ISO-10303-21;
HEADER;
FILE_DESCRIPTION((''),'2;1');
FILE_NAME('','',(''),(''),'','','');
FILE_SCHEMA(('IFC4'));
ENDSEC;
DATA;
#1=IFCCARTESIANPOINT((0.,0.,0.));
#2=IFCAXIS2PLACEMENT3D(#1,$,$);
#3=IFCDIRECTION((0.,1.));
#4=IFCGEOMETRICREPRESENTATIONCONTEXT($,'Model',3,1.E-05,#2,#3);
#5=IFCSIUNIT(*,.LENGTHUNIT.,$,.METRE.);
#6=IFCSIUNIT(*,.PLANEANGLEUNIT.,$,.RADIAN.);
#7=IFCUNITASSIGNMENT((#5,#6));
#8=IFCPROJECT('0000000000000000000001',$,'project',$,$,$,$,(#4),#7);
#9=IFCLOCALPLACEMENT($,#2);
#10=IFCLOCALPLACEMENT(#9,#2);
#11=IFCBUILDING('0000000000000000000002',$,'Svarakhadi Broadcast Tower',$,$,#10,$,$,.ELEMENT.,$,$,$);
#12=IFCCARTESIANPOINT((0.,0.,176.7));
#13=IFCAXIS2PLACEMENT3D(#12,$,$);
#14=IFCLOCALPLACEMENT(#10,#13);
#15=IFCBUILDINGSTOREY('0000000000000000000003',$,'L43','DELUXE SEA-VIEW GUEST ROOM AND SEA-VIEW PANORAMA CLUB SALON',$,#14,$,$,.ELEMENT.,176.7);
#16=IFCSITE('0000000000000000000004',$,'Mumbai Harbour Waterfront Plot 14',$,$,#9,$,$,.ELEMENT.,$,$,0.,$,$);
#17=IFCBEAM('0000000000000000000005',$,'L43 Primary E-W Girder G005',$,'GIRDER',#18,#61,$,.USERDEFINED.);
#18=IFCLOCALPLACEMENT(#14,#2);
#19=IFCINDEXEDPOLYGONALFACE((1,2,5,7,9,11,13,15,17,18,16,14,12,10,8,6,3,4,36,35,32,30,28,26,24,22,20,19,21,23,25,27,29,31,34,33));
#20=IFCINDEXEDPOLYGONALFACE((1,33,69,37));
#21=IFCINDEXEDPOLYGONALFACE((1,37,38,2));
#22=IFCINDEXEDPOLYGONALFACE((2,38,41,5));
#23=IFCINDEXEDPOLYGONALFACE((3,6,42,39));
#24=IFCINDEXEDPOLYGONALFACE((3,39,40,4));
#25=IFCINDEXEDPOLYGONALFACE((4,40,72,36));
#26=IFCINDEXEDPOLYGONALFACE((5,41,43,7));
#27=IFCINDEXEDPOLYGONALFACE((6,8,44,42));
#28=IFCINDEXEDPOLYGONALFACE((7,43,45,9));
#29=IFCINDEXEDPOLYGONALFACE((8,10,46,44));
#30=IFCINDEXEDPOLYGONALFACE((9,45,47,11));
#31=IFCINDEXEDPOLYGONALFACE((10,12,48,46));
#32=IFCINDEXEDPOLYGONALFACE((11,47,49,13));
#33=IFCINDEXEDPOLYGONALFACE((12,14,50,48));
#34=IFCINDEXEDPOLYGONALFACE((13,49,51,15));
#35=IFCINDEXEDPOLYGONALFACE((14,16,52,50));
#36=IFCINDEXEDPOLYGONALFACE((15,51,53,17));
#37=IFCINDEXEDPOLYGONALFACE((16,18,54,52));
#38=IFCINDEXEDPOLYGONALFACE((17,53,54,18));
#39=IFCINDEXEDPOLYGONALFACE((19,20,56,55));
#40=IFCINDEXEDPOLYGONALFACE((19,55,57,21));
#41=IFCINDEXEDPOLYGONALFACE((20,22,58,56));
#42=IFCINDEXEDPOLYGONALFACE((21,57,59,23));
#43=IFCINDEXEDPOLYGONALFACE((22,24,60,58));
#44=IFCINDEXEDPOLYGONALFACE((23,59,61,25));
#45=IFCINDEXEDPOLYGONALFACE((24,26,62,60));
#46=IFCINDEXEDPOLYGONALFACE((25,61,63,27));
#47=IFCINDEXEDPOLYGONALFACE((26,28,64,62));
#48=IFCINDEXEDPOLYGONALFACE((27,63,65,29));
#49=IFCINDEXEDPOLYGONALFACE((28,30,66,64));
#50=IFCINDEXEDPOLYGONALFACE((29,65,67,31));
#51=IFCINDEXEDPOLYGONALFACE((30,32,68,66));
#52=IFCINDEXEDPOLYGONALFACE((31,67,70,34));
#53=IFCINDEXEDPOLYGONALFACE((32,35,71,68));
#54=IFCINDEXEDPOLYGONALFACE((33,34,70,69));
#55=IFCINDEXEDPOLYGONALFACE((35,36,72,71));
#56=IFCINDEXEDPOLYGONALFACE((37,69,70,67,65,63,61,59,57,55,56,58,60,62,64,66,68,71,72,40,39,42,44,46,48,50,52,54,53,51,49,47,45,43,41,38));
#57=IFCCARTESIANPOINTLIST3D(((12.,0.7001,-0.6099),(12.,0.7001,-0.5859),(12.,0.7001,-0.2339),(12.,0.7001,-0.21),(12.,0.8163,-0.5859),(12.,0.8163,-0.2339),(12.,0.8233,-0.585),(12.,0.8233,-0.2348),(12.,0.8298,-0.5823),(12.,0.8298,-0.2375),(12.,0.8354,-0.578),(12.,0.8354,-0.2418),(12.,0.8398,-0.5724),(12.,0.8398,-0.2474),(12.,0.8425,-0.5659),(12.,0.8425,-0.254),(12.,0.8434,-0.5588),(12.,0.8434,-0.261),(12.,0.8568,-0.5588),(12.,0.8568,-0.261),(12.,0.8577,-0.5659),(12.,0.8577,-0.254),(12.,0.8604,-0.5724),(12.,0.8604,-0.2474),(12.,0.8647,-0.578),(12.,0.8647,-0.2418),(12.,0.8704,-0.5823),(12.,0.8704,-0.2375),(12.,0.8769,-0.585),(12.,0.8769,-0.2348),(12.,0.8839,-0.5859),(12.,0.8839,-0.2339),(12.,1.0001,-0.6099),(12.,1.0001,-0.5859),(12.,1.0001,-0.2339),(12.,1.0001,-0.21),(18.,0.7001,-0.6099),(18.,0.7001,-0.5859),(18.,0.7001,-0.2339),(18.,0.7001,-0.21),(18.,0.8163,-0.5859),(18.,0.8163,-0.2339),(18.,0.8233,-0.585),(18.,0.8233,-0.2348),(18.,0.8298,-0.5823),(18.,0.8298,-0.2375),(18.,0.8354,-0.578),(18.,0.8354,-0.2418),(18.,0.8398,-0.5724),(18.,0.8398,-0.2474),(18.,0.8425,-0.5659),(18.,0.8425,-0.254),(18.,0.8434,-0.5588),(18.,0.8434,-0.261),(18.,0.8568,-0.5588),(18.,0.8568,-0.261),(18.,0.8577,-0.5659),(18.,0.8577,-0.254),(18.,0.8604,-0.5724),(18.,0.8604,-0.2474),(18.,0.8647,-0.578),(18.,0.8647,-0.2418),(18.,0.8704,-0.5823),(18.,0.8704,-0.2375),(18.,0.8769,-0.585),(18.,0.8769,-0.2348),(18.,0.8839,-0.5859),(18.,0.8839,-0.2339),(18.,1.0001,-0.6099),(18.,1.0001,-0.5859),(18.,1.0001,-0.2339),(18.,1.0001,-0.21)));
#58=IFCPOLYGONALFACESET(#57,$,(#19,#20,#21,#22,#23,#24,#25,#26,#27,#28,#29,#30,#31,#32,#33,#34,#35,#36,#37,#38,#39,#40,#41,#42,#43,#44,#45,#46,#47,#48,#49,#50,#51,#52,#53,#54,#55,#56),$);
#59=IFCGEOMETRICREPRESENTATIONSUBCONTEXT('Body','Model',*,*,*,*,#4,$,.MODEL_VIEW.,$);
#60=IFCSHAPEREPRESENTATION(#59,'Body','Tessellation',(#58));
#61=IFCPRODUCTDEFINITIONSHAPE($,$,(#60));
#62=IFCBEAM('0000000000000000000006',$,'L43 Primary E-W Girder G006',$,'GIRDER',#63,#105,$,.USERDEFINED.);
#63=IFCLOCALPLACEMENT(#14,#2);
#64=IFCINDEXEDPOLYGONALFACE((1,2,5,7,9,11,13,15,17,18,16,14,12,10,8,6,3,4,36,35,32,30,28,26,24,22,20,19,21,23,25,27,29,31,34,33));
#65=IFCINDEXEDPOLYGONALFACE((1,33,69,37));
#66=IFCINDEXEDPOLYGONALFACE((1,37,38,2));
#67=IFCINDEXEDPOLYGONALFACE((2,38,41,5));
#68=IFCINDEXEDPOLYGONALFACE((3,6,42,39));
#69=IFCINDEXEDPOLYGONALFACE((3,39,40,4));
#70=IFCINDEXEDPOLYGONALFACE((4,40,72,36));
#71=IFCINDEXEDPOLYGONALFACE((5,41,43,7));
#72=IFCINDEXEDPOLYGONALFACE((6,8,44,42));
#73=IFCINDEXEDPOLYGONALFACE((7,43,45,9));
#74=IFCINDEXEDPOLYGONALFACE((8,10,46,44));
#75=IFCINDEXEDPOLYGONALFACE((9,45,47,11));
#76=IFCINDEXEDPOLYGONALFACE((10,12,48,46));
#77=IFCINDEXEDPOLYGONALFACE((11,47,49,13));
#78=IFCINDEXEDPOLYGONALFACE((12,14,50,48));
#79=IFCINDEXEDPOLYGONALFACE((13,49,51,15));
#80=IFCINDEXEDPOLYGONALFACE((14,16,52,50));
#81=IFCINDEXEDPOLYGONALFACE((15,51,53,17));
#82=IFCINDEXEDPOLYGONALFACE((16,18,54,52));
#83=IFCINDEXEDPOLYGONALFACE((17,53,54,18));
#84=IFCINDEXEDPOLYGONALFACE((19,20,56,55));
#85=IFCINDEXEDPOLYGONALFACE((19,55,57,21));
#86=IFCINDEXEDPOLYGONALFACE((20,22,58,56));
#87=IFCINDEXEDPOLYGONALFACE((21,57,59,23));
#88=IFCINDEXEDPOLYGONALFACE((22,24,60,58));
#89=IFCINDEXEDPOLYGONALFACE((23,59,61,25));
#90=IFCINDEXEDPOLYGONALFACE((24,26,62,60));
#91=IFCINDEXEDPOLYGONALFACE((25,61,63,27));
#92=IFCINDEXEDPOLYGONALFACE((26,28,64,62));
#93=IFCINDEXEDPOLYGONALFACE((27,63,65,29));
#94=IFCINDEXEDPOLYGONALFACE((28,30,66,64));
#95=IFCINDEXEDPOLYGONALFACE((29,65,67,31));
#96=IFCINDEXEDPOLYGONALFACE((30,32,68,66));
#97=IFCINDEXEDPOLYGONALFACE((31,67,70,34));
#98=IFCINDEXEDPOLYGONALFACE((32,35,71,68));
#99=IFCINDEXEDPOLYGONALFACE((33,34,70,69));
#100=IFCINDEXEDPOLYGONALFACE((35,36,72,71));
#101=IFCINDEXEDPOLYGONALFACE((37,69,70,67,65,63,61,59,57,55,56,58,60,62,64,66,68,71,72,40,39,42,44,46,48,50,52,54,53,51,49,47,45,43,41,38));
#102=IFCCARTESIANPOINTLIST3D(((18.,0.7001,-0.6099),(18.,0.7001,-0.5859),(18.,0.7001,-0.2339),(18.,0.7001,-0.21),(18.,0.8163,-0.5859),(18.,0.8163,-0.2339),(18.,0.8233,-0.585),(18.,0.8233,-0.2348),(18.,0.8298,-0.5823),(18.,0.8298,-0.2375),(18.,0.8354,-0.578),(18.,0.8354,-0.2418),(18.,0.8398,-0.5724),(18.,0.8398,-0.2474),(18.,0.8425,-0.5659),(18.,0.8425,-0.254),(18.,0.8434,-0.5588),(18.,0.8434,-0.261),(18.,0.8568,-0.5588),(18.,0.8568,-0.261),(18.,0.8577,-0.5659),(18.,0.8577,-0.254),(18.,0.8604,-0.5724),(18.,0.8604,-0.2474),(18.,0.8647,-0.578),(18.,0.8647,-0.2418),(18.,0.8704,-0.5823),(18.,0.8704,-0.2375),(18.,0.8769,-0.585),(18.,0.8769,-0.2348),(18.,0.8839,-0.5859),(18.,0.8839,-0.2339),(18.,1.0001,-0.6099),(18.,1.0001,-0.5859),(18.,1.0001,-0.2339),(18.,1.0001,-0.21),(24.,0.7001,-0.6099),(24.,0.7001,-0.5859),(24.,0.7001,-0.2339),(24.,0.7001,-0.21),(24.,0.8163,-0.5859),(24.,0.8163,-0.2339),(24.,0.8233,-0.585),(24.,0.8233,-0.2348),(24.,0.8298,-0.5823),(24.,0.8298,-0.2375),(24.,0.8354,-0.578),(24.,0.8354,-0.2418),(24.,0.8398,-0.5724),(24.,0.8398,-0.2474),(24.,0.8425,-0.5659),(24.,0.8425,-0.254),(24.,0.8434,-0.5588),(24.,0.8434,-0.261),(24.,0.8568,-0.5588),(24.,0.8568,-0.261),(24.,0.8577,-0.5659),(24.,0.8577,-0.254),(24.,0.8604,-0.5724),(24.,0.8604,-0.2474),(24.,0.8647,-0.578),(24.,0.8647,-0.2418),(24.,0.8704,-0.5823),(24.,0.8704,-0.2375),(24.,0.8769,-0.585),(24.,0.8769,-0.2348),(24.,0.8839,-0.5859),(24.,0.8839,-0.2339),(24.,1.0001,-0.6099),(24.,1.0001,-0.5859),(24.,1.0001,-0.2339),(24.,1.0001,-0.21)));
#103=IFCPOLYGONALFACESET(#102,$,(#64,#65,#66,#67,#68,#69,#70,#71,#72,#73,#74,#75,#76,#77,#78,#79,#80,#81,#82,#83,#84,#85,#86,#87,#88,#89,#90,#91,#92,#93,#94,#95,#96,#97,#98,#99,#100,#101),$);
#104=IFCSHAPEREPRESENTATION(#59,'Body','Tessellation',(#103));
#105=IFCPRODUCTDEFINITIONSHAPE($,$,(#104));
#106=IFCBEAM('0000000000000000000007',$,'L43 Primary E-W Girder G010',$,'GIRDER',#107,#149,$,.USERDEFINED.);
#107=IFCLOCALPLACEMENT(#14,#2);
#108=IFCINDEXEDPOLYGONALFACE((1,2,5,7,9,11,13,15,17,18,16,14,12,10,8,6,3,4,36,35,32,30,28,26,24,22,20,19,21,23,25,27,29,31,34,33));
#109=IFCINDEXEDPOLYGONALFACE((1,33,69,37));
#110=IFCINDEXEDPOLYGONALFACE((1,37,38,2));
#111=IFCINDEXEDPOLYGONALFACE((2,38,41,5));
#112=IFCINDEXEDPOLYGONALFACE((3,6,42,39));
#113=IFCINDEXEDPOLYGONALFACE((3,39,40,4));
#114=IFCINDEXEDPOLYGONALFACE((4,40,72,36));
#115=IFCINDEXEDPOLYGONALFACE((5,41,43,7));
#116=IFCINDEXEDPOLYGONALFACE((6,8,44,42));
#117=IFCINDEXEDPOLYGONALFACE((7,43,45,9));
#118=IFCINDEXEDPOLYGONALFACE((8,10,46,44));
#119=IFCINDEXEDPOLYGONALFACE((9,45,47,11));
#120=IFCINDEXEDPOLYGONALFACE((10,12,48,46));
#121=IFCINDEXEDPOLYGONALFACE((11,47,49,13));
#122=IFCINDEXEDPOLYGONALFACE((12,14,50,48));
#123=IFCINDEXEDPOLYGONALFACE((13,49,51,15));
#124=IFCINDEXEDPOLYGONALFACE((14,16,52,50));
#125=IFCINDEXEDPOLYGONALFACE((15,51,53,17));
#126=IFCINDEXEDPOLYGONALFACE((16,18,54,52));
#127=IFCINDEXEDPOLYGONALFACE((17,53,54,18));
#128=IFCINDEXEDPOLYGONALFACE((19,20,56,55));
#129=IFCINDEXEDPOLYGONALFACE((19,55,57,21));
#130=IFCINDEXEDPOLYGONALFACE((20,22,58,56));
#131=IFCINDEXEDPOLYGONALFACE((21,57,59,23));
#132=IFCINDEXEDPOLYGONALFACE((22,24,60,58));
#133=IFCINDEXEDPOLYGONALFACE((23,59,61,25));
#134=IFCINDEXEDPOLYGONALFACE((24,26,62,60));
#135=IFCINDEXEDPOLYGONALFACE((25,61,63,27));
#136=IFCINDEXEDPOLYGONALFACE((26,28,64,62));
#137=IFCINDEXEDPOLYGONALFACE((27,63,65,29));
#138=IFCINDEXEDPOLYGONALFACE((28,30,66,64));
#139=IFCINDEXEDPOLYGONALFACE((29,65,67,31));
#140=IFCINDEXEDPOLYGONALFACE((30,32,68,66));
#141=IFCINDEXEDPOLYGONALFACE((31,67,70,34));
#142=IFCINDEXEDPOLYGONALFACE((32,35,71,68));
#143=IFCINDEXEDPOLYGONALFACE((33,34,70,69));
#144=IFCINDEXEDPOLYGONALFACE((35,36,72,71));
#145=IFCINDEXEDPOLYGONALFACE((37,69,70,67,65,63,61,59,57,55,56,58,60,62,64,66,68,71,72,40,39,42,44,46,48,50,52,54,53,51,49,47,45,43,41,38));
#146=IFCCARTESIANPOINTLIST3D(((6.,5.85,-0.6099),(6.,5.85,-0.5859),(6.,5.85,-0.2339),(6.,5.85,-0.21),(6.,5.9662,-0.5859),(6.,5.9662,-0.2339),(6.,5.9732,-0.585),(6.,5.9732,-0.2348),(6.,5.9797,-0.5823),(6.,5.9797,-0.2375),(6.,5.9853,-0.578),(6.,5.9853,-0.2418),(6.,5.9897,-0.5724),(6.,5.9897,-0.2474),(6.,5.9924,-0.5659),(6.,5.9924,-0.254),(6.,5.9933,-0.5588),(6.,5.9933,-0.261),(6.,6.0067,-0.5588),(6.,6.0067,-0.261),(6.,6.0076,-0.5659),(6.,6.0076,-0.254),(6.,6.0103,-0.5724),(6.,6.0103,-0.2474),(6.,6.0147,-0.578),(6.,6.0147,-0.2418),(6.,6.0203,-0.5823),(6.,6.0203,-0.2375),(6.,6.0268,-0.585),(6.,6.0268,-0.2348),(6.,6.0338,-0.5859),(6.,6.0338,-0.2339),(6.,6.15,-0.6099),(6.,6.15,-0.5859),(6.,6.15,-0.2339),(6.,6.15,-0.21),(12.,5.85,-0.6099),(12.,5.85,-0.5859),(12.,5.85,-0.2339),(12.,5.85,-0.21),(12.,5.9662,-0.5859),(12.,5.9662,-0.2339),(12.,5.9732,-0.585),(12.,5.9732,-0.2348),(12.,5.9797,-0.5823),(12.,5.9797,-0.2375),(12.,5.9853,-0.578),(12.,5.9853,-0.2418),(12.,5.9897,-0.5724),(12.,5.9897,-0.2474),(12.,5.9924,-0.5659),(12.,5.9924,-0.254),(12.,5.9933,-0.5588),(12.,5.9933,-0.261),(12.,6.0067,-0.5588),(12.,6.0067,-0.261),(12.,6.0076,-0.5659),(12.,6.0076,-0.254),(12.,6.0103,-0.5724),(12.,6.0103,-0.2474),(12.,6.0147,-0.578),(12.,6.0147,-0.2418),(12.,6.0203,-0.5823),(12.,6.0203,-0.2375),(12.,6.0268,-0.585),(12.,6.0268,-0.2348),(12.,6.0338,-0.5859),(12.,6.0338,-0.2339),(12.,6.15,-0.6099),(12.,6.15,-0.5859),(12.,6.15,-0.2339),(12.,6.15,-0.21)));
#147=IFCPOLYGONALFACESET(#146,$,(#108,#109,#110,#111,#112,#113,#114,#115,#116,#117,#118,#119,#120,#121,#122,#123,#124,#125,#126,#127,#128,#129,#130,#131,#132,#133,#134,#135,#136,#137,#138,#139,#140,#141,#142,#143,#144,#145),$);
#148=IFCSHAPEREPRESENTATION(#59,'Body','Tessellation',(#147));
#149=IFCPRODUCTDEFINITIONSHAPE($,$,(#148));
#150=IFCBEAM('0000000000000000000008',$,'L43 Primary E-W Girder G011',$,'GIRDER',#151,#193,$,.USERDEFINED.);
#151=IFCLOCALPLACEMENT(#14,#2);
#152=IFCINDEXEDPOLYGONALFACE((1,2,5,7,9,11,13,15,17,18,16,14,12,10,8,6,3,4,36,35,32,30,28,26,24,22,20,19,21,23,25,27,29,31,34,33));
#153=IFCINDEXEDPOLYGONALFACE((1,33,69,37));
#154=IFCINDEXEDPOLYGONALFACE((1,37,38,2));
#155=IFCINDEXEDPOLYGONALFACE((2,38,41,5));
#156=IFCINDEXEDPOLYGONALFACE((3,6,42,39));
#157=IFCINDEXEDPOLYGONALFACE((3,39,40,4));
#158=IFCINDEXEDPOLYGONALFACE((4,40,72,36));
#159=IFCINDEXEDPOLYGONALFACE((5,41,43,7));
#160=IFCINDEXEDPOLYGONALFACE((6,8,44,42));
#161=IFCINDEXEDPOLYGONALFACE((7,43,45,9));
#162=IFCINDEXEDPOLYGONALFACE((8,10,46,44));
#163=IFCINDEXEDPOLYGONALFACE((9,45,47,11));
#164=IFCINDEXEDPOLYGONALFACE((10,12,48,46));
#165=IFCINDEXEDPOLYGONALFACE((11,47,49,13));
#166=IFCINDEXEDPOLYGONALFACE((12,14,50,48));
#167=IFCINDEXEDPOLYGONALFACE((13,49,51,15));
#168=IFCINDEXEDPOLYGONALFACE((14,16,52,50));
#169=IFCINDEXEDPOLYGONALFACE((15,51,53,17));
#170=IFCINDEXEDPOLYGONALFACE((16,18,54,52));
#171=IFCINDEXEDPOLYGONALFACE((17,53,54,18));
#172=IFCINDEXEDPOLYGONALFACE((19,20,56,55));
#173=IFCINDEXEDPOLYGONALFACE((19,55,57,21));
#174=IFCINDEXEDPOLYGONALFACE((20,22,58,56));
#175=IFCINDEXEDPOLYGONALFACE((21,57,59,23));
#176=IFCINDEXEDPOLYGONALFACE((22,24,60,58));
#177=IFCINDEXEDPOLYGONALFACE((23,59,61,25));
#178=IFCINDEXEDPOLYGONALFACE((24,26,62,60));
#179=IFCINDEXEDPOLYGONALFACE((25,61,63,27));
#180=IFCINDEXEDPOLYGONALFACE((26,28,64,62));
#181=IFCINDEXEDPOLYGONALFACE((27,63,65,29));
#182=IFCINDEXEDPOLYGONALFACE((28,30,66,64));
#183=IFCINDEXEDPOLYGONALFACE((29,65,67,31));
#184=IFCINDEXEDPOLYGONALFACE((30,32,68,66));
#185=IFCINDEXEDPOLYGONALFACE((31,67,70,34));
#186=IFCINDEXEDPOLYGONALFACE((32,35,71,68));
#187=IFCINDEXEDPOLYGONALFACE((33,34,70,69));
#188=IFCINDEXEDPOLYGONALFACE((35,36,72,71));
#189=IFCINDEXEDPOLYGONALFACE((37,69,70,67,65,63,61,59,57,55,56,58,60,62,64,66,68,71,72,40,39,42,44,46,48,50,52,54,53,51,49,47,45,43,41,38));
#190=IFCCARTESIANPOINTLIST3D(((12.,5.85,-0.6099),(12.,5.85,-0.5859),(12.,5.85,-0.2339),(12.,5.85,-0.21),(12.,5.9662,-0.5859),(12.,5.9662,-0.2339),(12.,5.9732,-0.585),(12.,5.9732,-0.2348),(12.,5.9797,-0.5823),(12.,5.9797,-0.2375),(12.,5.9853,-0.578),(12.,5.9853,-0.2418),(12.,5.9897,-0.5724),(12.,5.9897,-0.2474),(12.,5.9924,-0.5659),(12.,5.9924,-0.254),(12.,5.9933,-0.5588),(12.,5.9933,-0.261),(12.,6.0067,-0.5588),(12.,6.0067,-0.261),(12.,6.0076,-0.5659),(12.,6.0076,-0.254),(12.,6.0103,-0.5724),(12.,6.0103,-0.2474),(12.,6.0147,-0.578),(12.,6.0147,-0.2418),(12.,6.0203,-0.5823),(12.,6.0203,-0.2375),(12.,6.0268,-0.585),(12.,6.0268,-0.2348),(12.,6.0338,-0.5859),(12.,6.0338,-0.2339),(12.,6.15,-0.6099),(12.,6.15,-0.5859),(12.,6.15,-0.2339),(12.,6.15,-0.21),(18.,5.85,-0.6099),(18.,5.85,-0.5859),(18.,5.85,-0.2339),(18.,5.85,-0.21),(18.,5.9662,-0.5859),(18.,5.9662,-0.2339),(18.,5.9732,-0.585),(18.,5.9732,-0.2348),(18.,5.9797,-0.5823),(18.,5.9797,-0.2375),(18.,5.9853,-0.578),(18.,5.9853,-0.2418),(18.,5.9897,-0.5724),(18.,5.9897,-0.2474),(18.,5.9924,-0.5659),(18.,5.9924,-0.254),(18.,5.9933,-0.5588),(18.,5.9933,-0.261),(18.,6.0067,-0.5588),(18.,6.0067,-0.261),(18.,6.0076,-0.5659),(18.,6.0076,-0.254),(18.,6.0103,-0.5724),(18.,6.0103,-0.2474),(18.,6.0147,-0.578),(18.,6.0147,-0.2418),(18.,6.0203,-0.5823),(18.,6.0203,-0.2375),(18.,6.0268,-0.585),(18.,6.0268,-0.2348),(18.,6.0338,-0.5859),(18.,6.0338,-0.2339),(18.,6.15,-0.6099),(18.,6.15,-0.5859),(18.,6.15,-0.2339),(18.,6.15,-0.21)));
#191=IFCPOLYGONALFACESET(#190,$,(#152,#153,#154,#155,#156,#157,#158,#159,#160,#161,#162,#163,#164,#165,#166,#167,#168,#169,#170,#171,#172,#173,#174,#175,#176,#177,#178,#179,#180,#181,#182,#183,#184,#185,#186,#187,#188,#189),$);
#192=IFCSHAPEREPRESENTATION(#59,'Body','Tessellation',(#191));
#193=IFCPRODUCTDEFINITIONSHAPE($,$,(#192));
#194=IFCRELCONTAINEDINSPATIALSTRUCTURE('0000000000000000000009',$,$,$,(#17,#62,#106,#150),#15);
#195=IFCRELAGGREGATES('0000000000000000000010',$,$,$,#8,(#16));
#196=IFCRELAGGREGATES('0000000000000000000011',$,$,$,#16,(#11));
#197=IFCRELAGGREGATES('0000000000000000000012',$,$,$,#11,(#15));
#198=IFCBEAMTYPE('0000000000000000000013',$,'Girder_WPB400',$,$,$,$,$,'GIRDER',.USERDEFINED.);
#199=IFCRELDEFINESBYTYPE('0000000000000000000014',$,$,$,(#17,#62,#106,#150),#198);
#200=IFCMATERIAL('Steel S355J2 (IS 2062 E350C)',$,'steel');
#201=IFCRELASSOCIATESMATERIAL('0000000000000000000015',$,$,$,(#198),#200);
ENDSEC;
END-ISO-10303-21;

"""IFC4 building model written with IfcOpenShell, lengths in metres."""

from ifc_helpers import new_model, si_unit, direction, frame, origin, origin_2d, place, context, subcontext, project, spatial, i_section, extrude, material, material_profile, profile_set, type_object, element, save


model = new_model("IFC4")

# Units and contexts
model_context = context("Model", 3, precision=1e-05, world=origin(), true_north=direction((0.0, 1.0)))
body_context = subcontext(model_context, "Body", "Model", "MODEL_VIEW")
ifc_project = project(units=[si_unit("LENGTHUNIT", "METRE"), si_unit("PLANEANGLEUNIT", "RADIAN")], contexts=[model_context])

# Site, building, storey
site_placement = place(None, origin())
site = spatial("IfcSite", under=ifc_project, at=site_placement, Name="Mumbai Harbour Waterfront Plot 14", CompositionType="ELEMENT", RefElevation=0.0)
building_placement = place(site_placement, origin())
building = spatial("IfcBuilding", under=site, at=building_placement, Name="Svarakhadi Broadcast Tower", CompositionType="ELEMENT")
storey_placement = place(building_placement, frame((0.0, 0.0, 176.7)))
storey = spatial("IfcBuildingStorey", under=building, at=storey_placement, Name="L43", Description="DELUXE SEA-VIEW GUEST ROOM AND SEA-VIEW PANORAMA CLUB SALON", CompositionType="ELEMENT", Elevation=176.7)

# Shared definitions
ifc_material_1 = material(Name="Steel S355J2 (IS 2062 E350C)", Category="steel")

# Beams
ifc_material_profile_1 = material_profile(ifc_material_1, i_section(OverallWidth=0.3, OverallDepth=0.3999, WebThickness=0.0134, FlangeThickness=0.0239, FilletRadius=0.0271, at=origin_2d()), Name="WPB 400x300x155")
ifc_profile_set_1 = profile_set([ifc_material_profile_1], Name="Steel S355J2 (IS 2062 E350C)")
beam_type_1 = type_object("IfcBeamType", Name="Girder_WPB400", ElementType="GIRDER", PredefinedType="USERDEFINED", material=ifc_profile_set_1)
for number, where, z_axis, x_axis, name in (
    (1, (12.0, 0.8501, -0.4099), (1.0, 0.0, 0.0), (0.0, 1.0, 0.0), "L43 Primary E-W Girder G005"),
    (2, (18.0, 0.8501, -0.4099), (1.0, 0.0, 0.0), (0.0, 1.0, 0.0), "L43 Primary E-W Girder G006"),
    (3, (6.0, 6.0, -0.4099), (1.0, 0.0, 0.0), (0.0, 1.0, 0.0), "L43 Primary E-W Girder G010"),
    (4, (12.0, 6.0, -0.4099), (1.0, 0.0, 0.0), (0.0, 1.0, 0.0), "L43 Primary E-W Girder G011"),
):
    element("IfcBeam", number, at=place(storey_placement, frame(where, z_axis=z_axis, x_axis=x_axis)), inside=storey, type_object=beam_type_1, Name=name, ObjectType="GIRDER", PredefinedType="USERDEFINED", context=body_context, shape_type="SweptSolid", body=[
        extrude(i_section(OverallWidth=0.3, OverallDepth=0.3999, WebThickness=0.0134, FlangeThickness=0.0239, FilletRadius=0.0271, at=origin_2d()), origin(), (0.0, 0.0, 1.0), 6.0),
    ])

save(model, "model.ifc")
